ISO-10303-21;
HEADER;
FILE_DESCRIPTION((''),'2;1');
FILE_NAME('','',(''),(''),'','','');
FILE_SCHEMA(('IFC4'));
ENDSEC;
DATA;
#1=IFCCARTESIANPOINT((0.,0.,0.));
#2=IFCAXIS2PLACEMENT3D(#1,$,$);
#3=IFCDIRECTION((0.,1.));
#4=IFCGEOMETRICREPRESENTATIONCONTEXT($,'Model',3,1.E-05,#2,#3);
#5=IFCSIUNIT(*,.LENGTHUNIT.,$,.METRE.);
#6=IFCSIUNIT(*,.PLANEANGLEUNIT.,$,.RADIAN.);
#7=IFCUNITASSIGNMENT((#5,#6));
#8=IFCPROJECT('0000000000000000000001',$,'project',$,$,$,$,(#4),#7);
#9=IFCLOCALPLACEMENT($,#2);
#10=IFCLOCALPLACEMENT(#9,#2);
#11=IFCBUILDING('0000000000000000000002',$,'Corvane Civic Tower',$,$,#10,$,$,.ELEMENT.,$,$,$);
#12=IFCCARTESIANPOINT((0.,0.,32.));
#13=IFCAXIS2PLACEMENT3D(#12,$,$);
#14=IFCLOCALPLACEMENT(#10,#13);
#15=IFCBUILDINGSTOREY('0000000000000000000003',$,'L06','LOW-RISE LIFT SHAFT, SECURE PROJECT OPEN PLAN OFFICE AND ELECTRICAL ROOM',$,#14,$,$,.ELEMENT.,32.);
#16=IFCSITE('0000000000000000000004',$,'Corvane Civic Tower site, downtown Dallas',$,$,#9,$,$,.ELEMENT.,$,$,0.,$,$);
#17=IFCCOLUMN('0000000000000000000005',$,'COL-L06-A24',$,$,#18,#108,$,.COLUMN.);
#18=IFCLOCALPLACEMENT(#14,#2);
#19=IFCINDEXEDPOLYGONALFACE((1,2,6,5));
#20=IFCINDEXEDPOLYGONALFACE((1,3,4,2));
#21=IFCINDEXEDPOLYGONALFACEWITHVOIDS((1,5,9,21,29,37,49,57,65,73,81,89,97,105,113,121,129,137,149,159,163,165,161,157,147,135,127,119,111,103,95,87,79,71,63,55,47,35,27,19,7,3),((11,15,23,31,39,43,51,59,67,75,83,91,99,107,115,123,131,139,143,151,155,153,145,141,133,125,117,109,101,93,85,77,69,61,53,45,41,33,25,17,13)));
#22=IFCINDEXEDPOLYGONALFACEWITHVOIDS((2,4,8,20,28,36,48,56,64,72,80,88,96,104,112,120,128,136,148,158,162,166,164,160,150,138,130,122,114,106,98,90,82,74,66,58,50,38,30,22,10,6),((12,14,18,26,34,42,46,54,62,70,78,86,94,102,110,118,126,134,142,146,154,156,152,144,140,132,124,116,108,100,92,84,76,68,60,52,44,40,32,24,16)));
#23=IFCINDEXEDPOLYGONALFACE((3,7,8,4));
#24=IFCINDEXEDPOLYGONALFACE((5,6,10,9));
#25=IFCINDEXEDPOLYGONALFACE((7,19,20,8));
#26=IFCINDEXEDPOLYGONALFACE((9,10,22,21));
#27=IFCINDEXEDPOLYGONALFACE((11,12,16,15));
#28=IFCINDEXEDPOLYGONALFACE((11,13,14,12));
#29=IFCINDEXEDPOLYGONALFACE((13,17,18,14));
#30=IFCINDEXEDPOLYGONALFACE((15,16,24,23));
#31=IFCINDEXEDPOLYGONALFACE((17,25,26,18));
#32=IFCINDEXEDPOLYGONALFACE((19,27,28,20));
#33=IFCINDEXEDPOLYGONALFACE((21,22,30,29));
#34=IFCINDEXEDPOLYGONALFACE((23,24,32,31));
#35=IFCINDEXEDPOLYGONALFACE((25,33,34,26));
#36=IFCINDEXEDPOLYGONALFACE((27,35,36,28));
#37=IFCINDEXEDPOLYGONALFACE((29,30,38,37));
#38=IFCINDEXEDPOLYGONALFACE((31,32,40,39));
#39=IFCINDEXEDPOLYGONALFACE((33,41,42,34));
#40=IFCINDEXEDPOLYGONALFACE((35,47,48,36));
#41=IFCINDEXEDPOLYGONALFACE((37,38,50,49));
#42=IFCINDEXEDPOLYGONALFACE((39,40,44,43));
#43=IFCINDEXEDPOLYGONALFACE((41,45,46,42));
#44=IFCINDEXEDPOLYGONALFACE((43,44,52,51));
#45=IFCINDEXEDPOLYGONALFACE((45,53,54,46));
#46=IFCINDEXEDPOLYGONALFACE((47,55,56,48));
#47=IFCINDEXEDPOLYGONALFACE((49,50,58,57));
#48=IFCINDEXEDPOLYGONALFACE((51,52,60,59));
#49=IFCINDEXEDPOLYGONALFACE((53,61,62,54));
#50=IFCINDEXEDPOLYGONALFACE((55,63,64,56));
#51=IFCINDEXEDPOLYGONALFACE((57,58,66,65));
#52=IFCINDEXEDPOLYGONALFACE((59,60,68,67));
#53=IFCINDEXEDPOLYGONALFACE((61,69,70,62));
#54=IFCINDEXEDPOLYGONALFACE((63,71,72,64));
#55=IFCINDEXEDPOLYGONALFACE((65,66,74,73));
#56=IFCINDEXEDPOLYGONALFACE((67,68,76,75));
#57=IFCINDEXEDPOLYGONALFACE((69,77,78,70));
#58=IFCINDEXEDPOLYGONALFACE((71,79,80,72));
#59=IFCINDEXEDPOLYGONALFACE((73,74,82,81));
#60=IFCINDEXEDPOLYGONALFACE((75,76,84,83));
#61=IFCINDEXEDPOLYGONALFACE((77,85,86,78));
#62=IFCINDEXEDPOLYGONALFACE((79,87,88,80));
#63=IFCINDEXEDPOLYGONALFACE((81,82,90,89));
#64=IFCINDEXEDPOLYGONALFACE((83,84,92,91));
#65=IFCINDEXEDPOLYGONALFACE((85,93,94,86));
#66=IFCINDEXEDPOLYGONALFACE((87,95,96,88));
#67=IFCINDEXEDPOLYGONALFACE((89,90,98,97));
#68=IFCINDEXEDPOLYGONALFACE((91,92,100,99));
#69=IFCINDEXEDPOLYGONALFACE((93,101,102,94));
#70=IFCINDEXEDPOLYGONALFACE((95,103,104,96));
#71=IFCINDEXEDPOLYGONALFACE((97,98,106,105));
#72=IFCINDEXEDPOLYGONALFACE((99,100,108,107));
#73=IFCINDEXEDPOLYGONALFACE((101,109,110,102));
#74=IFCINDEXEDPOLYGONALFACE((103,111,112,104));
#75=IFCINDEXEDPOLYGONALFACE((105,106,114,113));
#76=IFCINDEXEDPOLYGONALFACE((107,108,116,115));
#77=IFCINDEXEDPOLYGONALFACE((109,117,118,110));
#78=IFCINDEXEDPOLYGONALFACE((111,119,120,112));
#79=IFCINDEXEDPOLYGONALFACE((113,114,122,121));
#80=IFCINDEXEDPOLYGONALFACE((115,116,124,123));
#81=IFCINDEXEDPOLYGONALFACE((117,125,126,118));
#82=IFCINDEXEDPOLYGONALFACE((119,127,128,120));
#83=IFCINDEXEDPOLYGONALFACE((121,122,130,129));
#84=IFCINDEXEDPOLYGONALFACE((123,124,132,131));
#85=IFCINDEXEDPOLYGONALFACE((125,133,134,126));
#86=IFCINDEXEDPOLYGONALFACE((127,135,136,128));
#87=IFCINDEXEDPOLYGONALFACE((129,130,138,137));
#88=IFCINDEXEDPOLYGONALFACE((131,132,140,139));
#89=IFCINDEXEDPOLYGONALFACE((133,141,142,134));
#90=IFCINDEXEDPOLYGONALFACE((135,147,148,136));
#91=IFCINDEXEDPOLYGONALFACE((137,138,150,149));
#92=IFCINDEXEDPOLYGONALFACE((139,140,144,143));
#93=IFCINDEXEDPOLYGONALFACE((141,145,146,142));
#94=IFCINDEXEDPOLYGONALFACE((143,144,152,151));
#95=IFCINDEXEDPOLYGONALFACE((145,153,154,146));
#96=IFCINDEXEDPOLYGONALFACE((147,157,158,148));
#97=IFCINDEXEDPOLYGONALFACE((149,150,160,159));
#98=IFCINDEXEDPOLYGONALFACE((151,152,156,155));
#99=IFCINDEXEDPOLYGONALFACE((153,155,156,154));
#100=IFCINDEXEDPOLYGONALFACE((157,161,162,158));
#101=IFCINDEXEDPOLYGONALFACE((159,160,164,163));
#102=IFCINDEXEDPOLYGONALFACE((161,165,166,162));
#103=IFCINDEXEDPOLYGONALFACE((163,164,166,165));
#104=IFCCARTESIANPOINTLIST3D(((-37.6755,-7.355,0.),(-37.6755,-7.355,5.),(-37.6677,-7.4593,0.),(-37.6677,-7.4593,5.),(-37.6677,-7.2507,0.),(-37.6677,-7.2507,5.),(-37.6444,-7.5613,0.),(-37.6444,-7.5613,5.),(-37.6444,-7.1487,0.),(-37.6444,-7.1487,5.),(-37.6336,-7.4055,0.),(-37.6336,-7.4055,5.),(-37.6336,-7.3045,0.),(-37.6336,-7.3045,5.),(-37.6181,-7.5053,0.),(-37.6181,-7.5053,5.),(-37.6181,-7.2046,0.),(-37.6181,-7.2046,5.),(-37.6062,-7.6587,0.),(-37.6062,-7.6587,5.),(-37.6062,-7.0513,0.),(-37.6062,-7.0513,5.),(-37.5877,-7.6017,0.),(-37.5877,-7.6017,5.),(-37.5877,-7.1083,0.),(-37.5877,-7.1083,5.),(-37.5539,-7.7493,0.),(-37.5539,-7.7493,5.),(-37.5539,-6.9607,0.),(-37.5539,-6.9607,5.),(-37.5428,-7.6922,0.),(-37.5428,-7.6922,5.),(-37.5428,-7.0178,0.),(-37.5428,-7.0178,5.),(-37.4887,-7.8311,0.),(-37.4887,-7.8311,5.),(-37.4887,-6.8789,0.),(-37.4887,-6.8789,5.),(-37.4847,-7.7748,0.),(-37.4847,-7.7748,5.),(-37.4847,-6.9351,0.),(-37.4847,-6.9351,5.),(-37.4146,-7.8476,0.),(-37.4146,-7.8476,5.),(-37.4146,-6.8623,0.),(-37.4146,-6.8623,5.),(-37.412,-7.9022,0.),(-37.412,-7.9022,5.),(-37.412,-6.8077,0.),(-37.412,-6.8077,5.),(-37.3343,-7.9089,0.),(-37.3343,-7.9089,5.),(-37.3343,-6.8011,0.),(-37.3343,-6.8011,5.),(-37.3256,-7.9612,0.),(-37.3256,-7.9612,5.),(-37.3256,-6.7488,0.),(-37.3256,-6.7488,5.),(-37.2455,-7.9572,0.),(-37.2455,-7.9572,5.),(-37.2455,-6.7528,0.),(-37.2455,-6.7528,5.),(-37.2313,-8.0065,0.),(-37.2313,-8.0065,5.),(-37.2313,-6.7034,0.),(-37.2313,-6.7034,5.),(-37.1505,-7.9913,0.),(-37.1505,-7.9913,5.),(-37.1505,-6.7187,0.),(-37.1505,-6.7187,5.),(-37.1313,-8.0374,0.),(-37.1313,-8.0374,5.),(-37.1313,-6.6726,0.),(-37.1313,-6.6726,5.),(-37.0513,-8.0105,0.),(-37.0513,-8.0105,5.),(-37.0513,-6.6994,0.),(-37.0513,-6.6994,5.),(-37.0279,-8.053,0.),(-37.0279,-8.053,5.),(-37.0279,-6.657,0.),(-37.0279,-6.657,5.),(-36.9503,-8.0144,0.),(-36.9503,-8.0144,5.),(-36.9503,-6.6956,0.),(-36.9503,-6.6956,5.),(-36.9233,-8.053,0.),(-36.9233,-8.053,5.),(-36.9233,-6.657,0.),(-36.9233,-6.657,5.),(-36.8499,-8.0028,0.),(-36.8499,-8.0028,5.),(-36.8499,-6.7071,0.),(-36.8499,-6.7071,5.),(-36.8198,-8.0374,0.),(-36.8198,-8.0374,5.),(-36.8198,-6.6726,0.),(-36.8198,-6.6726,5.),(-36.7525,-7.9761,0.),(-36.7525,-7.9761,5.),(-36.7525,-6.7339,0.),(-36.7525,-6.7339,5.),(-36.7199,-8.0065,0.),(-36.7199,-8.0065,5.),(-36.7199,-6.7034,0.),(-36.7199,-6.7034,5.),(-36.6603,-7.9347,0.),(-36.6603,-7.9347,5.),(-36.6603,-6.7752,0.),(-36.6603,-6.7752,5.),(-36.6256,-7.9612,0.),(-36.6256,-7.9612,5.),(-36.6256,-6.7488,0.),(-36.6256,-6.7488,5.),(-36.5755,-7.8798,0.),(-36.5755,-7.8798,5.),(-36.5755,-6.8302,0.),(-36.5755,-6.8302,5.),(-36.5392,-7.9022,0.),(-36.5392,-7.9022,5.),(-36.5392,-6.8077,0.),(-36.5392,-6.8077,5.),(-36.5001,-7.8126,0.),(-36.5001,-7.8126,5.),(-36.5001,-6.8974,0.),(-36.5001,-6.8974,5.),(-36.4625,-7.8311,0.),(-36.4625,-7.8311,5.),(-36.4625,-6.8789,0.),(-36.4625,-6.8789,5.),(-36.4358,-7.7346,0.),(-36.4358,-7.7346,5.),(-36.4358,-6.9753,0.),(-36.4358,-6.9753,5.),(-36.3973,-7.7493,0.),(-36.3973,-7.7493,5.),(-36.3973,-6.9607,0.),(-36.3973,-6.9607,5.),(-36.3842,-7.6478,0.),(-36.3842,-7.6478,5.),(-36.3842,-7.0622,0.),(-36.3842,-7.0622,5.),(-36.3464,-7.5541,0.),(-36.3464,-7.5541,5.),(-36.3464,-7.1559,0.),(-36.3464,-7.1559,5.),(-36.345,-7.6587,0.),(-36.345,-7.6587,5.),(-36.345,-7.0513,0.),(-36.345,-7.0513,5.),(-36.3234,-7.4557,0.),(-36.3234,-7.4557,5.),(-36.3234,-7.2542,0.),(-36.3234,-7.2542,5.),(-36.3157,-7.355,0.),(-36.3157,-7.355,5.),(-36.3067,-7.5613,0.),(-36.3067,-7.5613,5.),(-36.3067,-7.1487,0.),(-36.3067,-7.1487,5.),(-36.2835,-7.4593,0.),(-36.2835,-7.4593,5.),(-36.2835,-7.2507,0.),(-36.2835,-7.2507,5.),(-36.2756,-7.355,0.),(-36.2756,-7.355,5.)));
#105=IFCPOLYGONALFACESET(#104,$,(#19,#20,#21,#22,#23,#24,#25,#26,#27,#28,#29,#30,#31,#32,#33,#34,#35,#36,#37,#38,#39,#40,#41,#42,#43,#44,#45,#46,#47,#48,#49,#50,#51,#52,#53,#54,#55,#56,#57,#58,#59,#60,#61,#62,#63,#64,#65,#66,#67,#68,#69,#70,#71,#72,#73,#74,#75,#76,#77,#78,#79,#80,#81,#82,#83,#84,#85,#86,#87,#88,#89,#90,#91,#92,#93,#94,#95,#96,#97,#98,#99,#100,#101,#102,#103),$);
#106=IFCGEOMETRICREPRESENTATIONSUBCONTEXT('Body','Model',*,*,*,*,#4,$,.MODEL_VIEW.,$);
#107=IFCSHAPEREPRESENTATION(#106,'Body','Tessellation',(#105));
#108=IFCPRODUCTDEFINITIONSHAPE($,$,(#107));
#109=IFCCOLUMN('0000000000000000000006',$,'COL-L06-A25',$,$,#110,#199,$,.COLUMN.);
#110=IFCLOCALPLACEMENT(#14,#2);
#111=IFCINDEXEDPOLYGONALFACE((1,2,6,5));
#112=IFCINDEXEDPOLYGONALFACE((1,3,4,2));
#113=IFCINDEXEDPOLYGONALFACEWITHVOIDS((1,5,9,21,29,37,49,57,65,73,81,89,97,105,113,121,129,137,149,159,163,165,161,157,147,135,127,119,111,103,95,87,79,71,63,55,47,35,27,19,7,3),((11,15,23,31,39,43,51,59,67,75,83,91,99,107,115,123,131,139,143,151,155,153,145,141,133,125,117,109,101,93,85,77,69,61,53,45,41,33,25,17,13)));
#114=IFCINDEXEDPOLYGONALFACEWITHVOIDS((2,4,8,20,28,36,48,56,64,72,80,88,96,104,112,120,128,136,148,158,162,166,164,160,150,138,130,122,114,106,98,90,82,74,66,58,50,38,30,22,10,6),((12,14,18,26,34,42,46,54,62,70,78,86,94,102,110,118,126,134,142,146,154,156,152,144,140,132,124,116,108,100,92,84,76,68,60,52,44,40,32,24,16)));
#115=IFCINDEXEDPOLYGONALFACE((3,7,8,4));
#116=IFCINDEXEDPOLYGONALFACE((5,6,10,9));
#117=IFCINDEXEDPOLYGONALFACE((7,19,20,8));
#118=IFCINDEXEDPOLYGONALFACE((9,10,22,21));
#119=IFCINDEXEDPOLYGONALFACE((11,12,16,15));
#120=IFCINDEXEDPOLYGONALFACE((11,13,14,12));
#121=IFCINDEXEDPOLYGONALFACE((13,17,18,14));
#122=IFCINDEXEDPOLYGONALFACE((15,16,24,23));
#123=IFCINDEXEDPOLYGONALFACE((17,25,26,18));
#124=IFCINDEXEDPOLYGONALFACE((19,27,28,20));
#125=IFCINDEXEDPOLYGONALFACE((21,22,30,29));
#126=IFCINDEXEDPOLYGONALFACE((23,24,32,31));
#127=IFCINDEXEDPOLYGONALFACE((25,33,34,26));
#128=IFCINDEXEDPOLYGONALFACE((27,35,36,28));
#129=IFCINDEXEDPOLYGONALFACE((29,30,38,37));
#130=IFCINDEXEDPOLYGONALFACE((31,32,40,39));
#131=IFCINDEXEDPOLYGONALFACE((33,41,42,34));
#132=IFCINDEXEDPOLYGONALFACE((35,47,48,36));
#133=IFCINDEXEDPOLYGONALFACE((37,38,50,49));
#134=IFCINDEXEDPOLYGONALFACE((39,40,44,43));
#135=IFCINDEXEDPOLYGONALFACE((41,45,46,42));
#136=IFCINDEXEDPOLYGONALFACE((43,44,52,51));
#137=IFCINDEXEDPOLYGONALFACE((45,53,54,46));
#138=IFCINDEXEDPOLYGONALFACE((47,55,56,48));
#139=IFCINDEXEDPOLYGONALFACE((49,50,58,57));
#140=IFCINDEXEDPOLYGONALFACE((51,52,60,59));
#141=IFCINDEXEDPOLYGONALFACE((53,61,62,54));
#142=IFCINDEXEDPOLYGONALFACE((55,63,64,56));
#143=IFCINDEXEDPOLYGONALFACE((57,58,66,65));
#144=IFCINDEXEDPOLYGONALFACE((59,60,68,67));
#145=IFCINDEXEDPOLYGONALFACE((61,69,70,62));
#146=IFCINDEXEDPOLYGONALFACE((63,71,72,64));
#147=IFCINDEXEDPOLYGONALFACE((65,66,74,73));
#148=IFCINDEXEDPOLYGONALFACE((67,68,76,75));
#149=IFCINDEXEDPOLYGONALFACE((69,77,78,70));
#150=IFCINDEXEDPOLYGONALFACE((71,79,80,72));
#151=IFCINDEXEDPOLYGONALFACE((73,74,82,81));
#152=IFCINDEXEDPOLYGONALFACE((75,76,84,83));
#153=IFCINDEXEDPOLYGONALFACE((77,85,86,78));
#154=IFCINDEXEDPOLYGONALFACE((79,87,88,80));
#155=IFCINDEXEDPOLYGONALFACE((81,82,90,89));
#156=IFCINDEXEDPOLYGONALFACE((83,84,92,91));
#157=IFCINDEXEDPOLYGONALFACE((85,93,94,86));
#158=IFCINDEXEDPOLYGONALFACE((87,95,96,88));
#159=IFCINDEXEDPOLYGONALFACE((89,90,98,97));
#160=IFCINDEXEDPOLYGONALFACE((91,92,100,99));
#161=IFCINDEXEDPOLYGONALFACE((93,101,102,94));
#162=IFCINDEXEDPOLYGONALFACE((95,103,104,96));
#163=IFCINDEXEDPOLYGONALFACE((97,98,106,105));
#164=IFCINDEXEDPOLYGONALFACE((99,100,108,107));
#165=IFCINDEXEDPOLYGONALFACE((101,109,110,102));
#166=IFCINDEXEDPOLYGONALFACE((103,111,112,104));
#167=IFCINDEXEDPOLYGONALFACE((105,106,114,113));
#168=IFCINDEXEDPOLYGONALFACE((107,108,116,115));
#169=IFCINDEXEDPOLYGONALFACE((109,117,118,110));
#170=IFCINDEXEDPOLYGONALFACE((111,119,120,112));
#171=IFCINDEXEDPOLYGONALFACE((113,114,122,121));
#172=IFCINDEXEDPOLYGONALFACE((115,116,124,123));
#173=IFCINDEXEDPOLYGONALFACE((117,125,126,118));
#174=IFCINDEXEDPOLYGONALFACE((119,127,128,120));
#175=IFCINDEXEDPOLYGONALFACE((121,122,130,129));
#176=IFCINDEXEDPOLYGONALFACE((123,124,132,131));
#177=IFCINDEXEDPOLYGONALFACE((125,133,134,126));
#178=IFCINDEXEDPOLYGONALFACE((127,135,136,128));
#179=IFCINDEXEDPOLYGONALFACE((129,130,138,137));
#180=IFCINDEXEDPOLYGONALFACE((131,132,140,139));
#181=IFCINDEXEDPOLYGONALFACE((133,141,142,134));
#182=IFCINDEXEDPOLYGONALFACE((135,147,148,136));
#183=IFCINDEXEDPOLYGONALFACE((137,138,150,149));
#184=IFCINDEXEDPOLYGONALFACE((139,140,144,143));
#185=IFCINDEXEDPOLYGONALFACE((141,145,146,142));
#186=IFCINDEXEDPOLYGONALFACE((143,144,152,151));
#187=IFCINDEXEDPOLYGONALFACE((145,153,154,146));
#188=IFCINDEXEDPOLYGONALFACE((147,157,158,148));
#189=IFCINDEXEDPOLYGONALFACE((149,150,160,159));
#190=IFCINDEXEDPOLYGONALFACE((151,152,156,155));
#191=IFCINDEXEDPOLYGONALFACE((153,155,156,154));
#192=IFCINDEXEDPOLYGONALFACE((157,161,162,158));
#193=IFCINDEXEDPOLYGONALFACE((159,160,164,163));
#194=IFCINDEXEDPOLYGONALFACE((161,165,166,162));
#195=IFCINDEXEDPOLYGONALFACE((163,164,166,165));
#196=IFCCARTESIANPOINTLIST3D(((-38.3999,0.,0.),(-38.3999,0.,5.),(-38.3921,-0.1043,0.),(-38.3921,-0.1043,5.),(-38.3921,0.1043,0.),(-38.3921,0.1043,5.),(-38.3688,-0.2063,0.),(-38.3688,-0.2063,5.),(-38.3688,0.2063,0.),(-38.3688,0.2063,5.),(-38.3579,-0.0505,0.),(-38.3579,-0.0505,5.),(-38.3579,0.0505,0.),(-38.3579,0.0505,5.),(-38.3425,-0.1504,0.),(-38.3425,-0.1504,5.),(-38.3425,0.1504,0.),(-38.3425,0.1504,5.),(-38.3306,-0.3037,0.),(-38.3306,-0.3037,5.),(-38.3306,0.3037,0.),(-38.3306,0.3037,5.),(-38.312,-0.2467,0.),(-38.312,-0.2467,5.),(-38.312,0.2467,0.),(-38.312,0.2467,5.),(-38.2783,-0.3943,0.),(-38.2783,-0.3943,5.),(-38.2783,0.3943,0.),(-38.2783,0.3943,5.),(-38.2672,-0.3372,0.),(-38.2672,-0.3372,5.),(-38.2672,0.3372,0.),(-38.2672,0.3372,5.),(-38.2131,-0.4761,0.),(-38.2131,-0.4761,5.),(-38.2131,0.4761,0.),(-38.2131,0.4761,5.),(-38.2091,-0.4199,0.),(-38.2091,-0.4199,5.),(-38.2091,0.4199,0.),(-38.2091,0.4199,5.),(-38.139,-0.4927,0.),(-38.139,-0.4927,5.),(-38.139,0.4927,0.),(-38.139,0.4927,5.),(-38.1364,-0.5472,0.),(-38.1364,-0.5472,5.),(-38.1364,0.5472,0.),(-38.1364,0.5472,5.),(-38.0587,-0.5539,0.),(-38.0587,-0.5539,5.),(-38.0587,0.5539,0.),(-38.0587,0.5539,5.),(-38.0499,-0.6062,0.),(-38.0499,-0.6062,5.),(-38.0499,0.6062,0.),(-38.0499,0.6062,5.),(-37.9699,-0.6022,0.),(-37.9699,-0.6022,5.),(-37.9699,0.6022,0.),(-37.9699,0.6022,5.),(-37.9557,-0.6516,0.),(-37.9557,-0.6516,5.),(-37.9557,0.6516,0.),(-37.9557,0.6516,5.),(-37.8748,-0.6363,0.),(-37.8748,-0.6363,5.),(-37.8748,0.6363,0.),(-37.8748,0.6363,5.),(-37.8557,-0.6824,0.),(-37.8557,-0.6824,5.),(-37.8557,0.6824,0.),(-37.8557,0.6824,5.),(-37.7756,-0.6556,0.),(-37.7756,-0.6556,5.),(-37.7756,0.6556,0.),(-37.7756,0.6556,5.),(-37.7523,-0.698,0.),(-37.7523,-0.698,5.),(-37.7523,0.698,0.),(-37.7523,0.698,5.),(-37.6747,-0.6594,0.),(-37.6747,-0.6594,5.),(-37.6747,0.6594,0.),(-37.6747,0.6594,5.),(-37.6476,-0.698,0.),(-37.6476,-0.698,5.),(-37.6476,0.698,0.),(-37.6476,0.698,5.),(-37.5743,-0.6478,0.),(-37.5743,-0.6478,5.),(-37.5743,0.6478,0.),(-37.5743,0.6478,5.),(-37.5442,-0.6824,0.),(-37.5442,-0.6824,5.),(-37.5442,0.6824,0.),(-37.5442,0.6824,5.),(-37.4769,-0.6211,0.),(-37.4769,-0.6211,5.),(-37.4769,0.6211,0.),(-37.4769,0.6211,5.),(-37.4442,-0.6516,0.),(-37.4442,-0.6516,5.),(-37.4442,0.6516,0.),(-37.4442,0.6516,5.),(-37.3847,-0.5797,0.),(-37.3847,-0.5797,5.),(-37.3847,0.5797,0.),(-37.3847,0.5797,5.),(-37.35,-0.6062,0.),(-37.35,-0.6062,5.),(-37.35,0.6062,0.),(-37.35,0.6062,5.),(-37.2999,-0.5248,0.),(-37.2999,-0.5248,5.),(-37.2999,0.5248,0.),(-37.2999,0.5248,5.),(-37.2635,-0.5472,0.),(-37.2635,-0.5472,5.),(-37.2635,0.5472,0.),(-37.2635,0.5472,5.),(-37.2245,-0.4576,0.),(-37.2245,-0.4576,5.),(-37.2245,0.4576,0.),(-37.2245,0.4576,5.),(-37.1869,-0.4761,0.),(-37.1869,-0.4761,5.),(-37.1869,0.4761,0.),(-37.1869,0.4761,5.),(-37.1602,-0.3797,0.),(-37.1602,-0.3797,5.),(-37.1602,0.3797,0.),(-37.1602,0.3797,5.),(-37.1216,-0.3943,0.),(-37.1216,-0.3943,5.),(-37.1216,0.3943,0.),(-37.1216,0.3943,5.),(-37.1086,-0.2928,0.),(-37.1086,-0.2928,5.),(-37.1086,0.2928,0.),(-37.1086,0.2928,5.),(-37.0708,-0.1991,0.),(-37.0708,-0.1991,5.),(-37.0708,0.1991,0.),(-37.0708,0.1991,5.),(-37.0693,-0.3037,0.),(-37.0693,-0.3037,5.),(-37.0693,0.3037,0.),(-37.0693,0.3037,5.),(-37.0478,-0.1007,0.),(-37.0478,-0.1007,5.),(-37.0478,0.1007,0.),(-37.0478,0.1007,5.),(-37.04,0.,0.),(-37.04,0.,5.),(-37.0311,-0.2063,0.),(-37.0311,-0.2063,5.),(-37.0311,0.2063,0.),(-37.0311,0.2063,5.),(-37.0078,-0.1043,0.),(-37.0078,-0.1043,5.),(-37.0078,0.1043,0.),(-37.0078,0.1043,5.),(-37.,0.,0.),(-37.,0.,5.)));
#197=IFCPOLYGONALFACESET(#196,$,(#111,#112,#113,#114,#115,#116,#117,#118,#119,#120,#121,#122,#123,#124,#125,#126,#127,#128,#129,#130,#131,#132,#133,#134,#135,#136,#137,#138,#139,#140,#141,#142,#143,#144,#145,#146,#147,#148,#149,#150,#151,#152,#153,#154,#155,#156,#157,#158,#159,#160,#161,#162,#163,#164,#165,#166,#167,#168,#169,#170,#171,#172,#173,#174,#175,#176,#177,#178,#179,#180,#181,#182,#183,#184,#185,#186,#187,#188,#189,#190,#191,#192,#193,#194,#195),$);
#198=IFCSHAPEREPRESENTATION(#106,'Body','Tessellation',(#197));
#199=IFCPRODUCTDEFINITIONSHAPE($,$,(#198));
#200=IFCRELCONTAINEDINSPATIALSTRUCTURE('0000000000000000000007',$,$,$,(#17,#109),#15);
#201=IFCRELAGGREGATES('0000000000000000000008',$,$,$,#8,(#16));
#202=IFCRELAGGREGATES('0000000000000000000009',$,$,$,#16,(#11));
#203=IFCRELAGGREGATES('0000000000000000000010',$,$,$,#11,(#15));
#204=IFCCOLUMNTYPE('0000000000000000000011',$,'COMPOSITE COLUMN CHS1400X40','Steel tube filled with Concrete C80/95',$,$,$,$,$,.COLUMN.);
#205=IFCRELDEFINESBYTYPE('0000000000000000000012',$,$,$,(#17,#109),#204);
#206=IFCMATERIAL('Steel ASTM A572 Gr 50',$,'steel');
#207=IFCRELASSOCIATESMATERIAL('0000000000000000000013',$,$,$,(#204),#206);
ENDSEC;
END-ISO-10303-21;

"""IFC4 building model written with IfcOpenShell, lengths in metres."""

from ifc_helpers import new_model, si_unit, direction, frame, origin, origin_2d, place, context, subcontext, project, spatial, hollow_circle, extrude, material, material_profile, profile_set, type_object, element, save


model = new_model("IFC4")

# Units and contexts
model_context = context("Model", 3, precision=1e-05, world=origin(), true_north=direction((0.0, 1.0)))
body_context = subcontext(model_context, "Body", "Model", "MODEL_VIEW")
ifc_project = project(units=[si_unit("LENGTHUNIT", "METRE"), si_unit("PLANEANGLEUNIT", "RADIAN")], contexts=[model_context])

# Site, building, storey
site_placement = place(None, origin())
site = spatial("IfcSite", under=ifc_project, at=site_placement, Name="Corvane Civic Tower site, downtown Dallas", CompositionType="ELEMENT", RefElevation=0.0)
building_placement = place(site_placement, origin())
building = spatial("IfcBuilding", under=site, at=building_placement, Name="Corvane Civic Tower", CompositionType="ELEMENT")
storey_placement = place(building_placement, frame((0.0, 0.0, 32.0)))
storey = spatial("IfcBuildingStorey", under=building, at=storey_placement, Name="L06", Description="LOW-RISE LIFT SHAFT, SECURE PROJECT OPEN PLAN OFFICE AND ELECTRICAL ROOM", CompositionType="ELEMENT", Elevation=32.0)

# Columns
ifc_material_1 = material(Name="Steel ASTM A572 Gr 50", Category="steel")
ifc_material_profile_1 = material_profile(ifc_material_1, hollow_circle(Radius=0.7, WallThickness=0.04, at=origin_2d()), Name="CHS1400X40")
ifc_profile_set_1 = profile_set([ifc_material_profile_1], Name="Steel ASTM A572 Gr 50")
column_type_1 = type_object("IfcColumnType", Name="COMPOSITE COLUMN CHS1400X40", Description="Steel tube filled with Concrete C80/95", PredefinedType="COLUMN", material=ifc_profile_set_1)
for number, where, z_axis, x_axis, name in (
    (1, (-36.9756, -7.355, 0.0), (0.0, 0.0, 1.0), (1.0, 0.0, 0.0), "COL-L06-A24"),
    (2, (-37.7, 0.0, 0.0), (0.0, 0.0, 1.0), (1.0, 0.0, 0.0), "COL-L06-A25"),
):
    element("IfcColumn", number, at=place(storey_placement, frame(where, z_axis=z_axis, x_axis=x_axis)), inside=storey, type_object=column_type_1, Name=name, PredefinedType="COLUMN", context=body_context, shape_type="SweptSolid", body=[
        extrude(hollow_circle(Radius=0.7, WallThickness=0.04, at=origin_2d()), origin(), (0.0, 0.0, 1.0), 5.0),
    ])

save(model, "model.ifc")
